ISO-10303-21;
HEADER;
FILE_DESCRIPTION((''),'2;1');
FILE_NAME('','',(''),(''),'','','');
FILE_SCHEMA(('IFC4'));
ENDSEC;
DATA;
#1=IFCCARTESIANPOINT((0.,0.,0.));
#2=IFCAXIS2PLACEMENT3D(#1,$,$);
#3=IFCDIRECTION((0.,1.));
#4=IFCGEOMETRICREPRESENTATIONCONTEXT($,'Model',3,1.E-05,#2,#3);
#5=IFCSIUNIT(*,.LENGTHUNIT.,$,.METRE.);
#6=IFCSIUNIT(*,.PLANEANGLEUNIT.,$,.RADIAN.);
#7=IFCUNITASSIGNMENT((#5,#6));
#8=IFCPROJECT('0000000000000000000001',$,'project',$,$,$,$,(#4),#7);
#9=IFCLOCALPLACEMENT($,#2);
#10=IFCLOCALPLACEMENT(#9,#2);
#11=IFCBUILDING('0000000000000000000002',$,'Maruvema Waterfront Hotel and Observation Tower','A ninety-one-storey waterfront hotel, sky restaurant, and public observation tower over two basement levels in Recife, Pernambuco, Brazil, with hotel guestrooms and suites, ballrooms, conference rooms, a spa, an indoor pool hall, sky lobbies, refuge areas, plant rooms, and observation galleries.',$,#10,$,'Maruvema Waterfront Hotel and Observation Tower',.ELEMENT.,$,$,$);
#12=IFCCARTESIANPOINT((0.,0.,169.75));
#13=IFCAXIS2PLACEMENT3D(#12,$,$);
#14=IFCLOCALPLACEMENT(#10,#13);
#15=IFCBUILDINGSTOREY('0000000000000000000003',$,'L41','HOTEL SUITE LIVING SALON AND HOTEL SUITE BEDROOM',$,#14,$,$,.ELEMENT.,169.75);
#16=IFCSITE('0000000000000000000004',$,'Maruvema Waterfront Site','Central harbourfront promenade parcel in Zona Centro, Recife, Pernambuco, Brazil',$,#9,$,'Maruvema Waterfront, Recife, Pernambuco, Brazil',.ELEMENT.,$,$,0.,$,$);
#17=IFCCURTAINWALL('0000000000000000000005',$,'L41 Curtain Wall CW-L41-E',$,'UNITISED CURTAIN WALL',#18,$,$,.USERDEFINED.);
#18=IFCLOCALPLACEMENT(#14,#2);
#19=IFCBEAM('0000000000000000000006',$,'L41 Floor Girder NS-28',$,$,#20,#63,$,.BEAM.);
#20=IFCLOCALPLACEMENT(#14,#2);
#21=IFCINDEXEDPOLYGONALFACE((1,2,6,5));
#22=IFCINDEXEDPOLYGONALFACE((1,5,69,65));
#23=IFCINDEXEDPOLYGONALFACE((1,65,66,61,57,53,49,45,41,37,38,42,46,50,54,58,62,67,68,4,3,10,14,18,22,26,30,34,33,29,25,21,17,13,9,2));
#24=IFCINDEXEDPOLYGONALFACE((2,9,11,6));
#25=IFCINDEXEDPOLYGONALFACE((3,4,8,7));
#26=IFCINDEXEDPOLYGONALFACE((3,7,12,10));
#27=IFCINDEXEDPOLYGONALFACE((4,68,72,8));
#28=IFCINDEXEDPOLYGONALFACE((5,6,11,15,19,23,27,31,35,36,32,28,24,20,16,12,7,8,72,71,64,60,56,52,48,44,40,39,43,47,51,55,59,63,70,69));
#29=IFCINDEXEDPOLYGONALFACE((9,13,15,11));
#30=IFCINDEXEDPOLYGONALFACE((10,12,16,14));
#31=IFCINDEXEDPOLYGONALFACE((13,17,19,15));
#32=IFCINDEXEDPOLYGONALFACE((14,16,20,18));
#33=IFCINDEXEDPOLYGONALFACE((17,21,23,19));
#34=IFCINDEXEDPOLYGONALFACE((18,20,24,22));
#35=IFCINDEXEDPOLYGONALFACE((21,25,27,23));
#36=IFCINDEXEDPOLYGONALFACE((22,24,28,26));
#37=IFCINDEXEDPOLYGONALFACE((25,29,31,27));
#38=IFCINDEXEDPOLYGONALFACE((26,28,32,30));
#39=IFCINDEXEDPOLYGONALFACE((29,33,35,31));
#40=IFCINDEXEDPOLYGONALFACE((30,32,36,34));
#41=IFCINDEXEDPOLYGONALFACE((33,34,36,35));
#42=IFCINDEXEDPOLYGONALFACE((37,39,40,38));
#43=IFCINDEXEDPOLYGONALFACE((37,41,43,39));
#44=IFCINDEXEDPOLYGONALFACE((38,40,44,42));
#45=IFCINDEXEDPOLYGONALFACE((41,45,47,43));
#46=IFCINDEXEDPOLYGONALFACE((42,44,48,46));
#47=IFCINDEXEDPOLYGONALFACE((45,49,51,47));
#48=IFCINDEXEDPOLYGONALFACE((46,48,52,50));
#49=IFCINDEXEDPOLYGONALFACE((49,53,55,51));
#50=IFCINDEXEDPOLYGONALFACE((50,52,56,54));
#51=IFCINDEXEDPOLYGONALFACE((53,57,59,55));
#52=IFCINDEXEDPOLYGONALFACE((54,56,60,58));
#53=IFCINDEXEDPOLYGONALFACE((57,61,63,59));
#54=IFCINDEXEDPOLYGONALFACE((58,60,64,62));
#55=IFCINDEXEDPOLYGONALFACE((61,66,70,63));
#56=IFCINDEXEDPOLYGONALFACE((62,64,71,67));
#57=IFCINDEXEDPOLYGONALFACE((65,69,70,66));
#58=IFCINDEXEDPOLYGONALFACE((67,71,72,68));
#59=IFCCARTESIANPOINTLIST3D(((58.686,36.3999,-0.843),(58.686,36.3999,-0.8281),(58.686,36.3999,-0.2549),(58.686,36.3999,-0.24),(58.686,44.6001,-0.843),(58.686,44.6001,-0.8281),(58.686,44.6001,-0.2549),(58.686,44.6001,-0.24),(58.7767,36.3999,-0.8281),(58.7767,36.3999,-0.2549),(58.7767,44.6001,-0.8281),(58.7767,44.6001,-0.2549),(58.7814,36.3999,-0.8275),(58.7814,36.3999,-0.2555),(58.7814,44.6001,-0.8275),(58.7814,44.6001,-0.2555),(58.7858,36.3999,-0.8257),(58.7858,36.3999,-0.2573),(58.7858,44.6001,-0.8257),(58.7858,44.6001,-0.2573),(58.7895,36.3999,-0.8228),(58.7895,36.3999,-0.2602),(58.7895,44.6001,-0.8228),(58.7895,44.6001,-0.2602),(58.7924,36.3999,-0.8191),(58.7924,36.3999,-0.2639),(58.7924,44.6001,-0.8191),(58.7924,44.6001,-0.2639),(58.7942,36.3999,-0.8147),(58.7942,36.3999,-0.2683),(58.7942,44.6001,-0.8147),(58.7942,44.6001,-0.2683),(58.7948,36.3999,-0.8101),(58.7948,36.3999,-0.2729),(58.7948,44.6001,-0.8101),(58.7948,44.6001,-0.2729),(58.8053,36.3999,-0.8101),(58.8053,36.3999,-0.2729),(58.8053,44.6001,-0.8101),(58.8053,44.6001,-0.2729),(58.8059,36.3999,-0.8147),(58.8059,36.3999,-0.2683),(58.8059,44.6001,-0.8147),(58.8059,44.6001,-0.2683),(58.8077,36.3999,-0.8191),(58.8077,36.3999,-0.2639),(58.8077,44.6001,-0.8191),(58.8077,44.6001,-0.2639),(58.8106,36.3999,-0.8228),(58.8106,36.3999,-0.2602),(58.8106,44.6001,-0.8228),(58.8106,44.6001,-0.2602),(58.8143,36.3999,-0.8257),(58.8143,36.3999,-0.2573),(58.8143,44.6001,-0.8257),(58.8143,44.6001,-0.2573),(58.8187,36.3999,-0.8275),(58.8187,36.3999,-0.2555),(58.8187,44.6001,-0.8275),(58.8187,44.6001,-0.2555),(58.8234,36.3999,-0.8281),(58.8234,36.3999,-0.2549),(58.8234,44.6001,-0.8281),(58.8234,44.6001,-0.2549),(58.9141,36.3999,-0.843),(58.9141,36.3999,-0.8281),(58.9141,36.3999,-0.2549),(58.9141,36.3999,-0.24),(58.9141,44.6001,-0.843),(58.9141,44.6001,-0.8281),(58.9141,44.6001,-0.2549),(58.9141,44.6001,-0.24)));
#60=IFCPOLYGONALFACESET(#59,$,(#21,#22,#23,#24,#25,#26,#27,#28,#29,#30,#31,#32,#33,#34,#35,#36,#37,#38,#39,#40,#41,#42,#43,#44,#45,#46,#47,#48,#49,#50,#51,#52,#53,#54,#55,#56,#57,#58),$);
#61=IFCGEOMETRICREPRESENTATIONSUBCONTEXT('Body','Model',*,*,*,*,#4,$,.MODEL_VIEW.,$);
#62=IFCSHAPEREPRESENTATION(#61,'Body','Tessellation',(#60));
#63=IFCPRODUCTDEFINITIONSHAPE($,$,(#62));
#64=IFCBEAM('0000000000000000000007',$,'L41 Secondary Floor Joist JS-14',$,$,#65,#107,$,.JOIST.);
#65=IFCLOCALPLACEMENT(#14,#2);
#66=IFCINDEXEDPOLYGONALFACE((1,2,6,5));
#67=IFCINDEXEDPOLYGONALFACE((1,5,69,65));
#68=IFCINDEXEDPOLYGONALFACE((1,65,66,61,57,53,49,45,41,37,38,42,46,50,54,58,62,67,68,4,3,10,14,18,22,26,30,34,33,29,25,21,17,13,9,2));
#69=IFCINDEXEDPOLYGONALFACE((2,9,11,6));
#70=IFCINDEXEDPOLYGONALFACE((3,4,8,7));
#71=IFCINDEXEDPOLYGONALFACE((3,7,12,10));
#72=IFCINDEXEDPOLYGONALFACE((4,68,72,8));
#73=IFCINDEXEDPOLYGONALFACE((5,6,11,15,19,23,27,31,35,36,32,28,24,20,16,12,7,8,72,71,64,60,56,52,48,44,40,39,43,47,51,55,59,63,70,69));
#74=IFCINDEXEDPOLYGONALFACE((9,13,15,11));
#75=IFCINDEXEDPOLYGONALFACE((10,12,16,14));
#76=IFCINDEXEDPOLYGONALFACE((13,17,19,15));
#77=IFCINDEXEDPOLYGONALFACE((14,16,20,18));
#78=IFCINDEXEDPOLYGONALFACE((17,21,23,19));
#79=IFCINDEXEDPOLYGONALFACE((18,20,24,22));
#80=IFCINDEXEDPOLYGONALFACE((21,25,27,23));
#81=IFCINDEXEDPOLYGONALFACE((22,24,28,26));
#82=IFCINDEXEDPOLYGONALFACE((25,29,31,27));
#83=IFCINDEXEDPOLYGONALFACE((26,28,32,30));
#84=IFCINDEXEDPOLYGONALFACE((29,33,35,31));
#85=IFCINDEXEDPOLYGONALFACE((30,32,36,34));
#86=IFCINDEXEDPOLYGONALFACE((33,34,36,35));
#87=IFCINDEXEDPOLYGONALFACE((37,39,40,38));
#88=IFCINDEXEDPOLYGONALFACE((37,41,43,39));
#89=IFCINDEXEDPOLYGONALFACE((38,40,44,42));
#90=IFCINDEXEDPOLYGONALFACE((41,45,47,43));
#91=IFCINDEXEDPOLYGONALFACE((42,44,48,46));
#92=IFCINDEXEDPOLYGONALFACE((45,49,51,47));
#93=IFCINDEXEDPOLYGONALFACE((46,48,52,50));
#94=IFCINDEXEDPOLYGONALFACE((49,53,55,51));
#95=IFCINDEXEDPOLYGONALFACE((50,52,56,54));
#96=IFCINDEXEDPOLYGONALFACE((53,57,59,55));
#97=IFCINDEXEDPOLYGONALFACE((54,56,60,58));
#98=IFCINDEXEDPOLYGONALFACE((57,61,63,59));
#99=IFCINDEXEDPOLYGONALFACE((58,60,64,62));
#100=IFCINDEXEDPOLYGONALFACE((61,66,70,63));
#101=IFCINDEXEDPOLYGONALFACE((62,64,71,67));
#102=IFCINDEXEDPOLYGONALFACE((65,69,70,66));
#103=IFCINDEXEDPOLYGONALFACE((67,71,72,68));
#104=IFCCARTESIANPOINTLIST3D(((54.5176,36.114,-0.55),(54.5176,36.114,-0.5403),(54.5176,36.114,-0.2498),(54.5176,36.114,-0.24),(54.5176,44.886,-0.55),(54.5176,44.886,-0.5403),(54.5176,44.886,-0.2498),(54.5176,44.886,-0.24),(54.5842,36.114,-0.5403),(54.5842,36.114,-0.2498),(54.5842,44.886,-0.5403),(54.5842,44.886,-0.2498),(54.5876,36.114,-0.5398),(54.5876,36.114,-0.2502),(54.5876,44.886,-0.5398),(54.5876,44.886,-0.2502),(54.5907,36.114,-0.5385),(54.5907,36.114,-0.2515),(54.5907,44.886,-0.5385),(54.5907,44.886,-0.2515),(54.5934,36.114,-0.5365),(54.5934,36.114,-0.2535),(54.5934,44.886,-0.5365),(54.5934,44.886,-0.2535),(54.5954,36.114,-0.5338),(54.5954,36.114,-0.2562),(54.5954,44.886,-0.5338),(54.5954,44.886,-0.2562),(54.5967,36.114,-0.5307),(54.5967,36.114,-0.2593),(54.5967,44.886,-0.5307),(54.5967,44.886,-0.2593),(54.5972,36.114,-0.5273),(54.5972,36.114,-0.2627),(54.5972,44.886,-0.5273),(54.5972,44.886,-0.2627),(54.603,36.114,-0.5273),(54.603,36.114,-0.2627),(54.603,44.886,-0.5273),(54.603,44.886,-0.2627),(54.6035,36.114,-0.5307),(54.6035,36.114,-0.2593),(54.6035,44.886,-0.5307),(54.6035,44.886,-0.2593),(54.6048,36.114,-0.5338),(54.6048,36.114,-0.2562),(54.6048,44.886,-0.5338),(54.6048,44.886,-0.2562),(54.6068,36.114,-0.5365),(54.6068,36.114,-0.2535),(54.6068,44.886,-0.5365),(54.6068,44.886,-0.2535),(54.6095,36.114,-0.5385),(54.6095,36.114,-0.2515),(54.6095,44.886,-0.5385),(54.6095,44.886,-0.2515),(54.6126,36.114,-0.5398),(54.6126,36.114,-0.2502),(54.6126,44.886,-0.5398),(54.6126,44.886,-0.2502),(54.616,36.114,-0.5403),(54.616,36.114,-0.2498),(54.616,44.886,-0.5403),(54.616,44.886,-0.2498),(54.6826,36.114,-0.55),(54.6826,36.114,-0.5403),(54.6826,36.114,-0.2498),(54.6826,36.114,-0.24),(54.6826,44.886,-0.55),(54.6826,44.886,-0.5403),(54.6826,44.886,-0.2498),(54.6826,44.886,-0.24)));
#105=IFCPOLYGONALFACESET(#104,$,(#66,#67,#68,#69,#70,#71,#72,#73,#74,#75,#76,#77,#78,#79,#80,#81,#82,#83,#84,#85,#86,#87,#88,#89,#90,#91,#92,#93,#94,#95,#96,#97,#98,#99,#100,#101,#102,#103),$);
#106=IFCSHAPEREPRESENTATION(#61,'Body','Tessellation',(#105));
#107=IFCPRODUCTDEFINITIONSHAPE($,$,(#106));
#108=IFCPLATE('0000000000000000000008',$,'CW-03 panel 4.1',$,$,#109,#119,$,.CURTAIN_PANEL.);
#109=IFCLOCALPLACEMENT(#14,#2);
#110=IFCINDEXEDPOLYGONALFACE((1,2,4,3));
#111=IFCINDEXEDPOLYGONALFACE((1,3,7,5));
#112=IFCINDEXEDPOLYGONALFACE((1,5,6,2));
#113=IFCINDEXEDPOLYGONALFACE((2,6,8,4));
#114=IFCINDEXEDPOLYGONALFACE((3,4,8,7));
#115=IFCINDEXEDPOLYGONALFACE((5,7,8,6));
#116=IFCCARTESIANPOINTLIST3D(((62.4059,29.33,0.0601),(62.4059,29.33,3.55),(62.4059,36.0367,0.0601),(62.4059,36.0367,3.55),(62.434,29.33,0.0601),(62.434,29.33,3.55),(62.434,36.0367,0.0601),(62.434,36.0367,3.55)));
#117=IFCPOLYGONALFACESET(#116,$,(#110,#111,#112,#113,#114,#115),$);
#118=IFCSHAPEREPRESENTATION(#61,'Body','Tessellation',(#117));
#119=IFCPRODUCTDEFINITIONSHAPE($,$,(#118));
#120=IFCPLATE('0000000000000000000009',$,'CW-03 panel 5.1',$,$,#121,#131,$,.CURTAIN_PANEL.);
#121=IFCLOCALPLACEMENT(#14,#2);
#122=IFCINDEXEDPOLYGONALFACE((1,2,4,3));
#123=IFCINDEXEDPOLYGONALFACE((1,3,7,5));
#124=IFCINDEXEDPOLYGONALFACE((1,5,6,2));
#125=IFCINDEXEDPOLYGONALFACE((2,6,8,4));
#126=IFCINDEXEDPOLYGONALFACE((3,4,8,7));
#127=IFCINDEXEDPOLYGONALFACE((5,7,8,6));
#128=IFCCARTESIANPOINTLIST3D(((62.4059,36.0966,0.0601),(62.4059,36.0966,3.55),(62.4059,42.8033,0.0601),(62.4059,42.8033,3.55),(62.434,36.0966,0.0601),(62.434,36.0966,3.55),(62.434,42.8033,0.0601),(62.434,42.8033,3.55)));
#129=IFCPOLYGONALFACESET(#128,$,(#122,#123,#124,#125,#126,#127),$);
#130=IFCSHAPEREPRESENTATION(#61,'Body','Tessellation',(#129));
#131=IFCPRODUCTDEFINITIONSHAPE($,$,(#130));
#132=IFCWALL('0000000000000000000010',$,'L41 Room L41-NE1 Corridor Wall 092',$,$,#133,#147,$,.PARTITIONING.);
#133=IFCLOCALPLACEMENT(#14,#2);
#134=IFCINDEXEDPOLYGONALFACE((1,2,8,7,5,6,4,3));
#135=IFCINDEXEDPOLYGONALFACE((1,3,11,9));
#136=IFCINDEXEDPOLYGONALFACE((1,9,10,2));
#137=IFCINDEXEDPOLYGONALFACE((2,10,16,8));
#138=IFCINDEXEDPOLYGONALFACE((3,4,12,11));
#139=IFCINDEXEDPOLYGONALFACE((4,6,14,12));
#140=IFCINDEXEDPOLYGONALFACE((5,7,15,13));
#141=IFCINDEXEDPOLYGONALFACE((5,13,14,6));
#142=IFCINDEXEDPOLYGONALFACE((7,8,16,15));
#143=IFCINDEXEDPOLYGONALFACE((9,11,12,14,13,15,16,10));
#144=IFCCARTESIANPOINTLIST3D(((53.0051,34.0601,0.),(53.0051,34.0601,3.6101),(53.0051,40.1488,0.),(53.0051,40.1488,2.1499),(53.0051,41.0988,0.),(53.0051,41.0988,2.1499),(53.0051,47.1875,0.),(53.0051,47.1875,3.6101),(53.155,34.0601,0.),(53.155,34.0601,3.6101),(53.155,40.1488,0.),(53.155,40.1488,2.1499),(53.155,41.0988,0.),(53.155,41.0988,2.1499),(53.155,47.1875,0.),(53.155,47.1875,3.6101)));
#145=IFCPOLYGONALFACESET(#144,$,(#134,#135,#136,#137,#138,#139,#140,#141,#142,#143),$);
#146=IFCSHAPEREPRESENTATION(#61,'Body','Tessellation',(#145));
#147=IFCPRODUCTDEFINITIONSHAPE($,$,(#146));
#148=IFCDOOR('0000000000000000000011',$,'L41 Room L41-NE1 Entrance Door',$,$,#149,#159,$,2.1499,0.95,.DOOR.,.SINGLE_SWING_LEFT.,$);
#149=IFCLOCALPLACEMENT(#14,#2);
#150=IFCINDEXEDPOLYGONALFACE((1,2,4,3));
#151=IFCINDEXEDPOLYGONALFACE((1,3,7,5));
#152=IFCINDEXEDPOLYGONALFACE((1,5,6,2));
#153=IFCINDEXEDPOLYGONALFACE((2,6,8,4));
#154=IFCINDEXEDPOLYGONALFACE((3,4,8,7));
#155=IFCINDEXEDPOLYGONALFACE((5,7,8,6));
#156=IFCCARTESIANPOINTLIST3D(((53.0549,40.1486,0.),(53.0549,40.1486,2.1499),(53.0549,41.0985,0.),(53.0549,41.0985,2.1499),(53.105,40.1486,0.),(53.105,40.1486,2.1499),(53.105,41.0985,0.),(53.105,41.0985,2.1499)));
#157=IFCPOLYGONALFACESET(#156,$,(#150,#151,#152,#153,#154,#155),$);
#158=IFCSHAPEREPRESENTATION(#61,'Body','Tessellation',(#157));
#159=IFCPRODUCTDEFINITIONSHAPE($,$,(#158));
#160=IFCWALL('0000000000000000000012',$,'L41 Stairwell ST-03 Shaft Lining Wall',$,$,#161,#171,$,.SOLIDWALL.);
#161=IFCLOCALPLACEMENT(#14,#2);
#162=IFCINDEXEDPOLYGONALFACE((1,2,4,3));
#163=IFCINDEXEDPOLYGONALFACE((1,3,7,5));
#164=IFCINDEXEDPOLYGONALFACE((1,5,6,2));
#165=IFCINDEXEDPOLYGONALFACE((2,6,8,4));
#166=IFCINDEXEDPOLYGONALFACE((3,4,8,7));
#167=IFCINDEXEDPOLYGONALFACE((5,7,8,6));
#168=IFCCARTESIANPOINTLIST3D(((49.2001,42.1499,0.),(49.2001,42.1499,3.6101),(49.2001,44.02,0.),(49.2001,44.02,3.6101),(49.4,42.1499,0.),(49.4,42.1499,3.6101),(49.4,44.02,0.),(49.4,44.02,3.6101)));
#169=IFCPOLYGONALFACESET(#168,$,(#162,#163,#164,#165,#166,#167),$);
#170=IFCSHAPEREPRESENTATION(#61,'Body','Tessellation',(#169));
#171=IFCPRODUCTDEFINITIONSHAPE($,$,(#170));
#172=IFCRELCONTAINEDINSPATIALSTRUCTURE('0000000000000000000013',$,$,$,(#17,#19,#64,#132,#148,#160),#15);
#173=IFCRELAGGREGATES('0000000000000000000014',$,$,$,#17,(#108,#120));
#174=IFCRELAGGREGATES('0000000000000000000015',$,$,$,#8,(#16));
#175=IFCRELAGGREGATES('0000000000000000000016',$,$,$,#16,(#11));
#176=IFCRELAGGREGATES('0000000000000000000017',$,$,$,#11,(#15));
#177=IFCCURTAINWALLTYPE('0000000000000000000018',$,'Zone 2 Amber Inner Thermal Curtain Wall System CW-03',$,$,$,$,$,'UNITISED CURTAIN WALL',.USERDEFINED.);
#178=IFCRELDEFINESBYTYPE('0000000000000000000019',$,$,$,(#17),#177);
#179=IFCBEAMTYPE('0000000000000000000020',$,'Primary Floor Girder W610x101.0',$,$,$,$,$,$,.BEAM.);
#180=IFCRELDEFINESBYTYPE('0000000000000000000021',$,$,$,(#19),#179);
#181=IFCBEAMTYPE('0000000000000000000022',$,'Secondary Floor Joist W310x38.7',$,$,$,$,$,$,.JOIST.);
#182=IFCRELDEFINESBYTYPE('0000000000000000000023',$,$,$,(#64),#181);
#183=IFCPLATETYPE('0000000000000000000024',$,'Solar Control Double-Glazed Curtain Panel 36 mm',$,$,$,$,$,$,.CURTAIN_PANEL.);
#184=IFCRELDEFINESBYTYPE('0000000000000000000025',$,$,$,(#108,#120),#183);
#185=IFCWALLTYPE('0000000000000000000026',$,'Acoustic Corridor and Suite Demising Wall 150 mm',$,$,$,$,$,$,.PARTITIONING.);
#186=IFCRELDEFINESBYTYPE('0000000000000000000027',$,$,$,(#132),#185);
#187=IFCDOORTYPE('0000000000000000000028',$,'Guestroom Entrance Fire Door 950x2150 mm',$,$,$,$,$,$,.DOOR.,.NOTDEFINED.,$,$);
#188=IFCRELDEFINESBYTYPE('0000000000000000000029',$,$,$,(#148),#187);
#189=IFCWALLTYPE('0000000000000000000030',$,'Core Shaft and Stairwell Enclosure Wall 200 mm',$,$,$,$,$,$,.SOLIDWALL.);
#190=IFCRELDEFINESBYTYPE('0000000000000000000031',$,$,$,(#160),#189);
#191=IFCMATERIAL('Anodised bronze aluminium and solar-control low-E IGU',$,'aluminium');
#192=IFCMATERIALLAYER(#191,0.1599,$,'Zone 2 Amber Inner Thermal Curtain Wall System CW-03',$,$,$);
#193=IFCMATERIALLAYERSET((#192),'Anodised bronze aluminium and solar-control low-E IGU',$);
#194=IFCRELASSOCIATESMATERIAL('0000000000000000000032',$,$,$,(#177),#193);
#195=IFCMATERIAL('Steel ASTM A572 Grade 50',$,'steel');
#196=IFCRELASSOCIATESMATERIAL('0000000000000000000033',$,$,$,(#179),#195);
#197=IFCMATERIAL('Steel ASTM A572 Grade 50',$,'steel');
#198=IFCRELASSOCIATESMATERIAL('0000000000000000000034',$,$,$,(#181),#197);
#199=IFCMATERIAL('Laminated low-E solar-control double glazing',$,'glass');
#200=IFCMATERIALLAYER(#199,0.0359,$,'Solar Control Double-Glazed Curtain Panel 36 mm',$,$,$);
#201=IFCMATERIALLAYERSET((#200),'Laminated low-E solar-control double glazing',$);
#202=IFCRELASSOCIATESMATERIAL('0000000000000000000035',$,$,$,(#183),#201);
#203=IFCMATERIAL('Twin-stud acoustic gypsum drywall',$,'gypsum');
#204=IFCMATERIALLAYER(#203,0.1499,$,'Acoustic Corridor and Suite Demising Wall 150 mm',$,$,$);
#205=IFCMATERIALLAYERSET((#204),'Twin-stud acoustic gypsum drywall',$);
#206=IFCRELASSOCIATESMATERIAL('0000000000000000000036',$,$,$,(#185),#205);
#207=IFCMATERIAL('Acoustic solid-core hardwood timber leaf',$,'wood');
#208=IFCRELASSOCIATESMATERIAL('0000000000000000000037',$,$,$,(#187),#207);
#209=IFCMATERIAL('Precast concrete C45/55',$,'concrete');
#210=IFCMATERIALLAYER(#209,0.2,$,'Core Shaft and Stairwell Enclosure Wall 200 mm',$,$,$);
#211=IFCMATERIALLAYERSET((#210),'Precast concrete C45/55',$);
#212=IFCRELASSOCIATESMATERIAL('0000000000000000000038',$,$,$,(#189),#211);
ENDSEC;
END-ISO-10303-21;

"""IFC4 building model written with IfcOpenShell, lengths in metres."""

from ifc_helpers import new_model, si_unit, direction, frame, frame_2d, origin, origin_2d, place, context, subcontext, project, spatial, rectangle, i_section, extrude, material, layer, layer_set, material_profile, profile_set, type_object, element, fill, aggregate, save


model = new_model("IFC4")

# Units and contexts
model_context = context("Model", 3, precision=1e-05, world=origin(), true_north=direction((0.0, 1.0)))
body_context = subcontext(model_context, "Body", "Model", "MODEL_VIEW")
ifc_project = project(units=[si_unit("LENGTHUNIT", "METRE"), si_unit("PLANEANGLEUNIT", "RADIAN")], contexts=[model_context])

# Site, building, storey
site_placement = place(None, origin())
site = spatial("IfcSite", under=ifc_project, at=site_placement, Name="Maruvema Waterfront Site", Description="Central harbourfront promenade parcel in Zona Centro, Recife, Pernambuco, Brazil", LongName="Maruvema Waterfront, Recife, Pernambuco, Brazil", CompositionType="ELEMENT", RefElevation=0.0)
building_placement = place(site_placement, origin())
building = spatial("IfcBuilding", under=site, at=building_placement, Name="Maruvema Waterfront Hotel and Observation Tower", Description="A ninety-one-storey waterfront hotel, sky restaurant, and public observation tower over two basement levels in Recife, Pernambuco, Brazil, with hotel guestrooms and suites, ballrooms, conference rooms, a spa, an indoor pool hall, sky lobbies, refuge areas, plant rooms, and observation galleries.", LongName="Maruvema Waterfront Hotel and Observation Tower", CompositionType="ELEMENT")
storey_placement = place(building_placement, frame((0.0, 0.0, 169.75)))
storey = spatial("IfcBuildingStorey", under=building, at=storey_placement, Name="L41", Description="HOTEL SUITE LIVING SALON AND HOTEL SUITE BEDROOM", CompositionType="ELEMENT", Elevation=169.75)

# Curtain wall
ifc_material_1 = material(Name="Anodised bronze aluminium and solar-control low-E IGU", Category="aluminium")
ifc_layer_1 = layer(ifc_material_1, 0.1599, Name="Zone 2 Amber Inner Thermal Curtain Wall System CW-03")
ifc_layer_set_1 = layer_set([ifc_layer_1], Name="Anodised bronze aluminium and solar-control low-E IGU")
curtain_wall_type = type_object("IfcCurtainWallType", Name="Zone 2 Amber Inner Thermal Curtain Wall System CW-03", ElementType="UNITISED CURTAIN WALL", PredefinedType="USERDEFINED", material=ifc_layer_set_1)
curtain_wall_placement = place(storey_placement, origin())
curtain_wall = element("IfcCurtainWall", 1, at=curtain_wall_placement, inside=storey, type_object=curtain_wall_type, Name="L41 Curtain Wall CW-L41-E", ObjectType="UNITISED CURTAIN WALL", PredefinedType="USERDEFINED")

# Beams
ifc_material_2 = material(Name="Steel ASTM A572 Grade 50", Category="steel")
ifc_material_profile_1 = material_profile(ifc_material_2, i_section(OverallWidth=0.228, OverallDepth=0.603, WebThickness=0.0105, FlangeThickness=0.0149, FilletRadius=0.0181, at=origin_2d()), Name="W610x101.0")
ifc_profile_set_1 = profile_set([ifc_material_profile_1], Name="Steel ASTM A572 Grade 50")
beam_type_1 = type_object("IfcBeamType", Name="Primary Floor Girder W610x101.0", PredefinedType="BEAM", material=ifc_profile_set_1)
beam_1_placement = place(storey_placement, frame((58.8, 36.3999, -0.5415), z_axis=(0.0, 1.0, 0.0), x_axis=(-1.0, 0.0, 0.0)))
element("IfcBeam", 2, at=beam_1_placement, inside=storey, type_object=beam_type_1, Name="L41 Floor Girder NS-28", PredefinedType="BEAM", context=body_context, shape_type="SweptSolid", body=[
    extrude(i_section(OverallWidth=0.228, OverallDepth=0.603, WebThickness=0.0105, FlangeThickness=0.0149, FilletRadius=0.0181, at=origin_2d()), origin(), (0.0, 0.0, 1.0), 8.2002),
])
ifc_material_3 = material(Name="Steel ASTM A572 Grade 50", Category="steel")
ifc_material_profile_2 = material_profile(ifc_material_3, i_section(OverallWidth=0.165, OverallDepth=0.3101, WebThickness=0.0059, FlangeThickness=0.0098, FilletRadius=0.0129, at=origin_2d()), Name="W310x38.7")
ifc_profile_set_2 = profile_set([ifc_material_profile_2], Name="Steel ASTM A572 Grade 50")
beam_type_2 = type_object("IfcBeamType", Name="Secondary Floor Joist W310x38.7", PredefinedType="JOIST", material=ifc_profile_set_2)
beam_2_placement = place(storey_placement, frame((54.6001, 36.114, -0.395), z_axis=(0.0, 1.0, 0.0), x_axis=(-1.0, 0.0, 0.0)))
element("IfcBeam", 3, at=beam_2_placement, inside=storey, type_object=beam_type_2, Name="L41 Secondary Floor Joist JS-14", PredefinedType="JOIST", context=body_context, shape_type="SweptSolid", body=[
    extrude(i_section(OverallWidth=0.165, OverallDepth=0.3101, WebThickness=0.0059, FlangeThickness=0.0098, FilletRadius=0.0129, at=origin_2d()), origin(), (0.0, 0.0, 1.0), 8.772),
])

# Plates
ifc_material_4 = material(Name="Laminated low-E solar-control double glazing", Category="glass")
ifc_layer_2 = layer(ifc_material_4, 0.0359, Name="Solar Control Double-Glazed Curtain Panel 36 mm")
ifc_layer_set_2 = layer_set([ifc_layer_2], Name="Laminated low-E solar-control double glazing")
plate_type = type_object("IfcPlateType", Name="Solar Control Double-Glazed Curtain Panel 36 mm", PredefinedType="CURTAIN_PANEL", material=ifc_layer_set_2)
plate_1_placement = place(storey_placement, frame((62.4199, 32.6833, 0.0601), z_axis=(0.0, 0.0, 1.0), x_axis=(0.0, 1.0, 0.0)))
plate_1 = element("IfcPlate", 4, at=plate_1_placement, type_object=plate_type, Name="CW-03 panel 4.1", PredefinedType="CURTAIN_PANEL", context=body_context, shape_type="SweptSolid", body=[
    extrude(rectangle(XDim=6.7068, YDim=0.0281, at=origin_2d()), origin(), (0.0, 0.0, 1.0), 3.49),
])
plate_2_placement = place(storey_placement, frame((62.4199, 39.45, 0.0601), z_axis=(0.0, 0.0, 1.0), x_axis=(0.0, 1.0, 0.0)))
plate_2 = element("IfcPlate", 5, at=plate_2_placement, type_object=plate_type, Name="CW-03 panel 5.1", PredefinedType="CURTAIN_PANEL", context=body_context, shape_type="SweptSolid", body=[
    extrude(rectangle(XDim=6.7068, YDim=0.0281, at=origin_2d()), origin(), (0.0, 0.0, 1.0), 3.49),
])
aggregate(curtain_wall, [plate_1, plate_2])

# Wall, opening, door
ifc_material_5 = material(Name="Twin-stud acoustic gypsum drywall", Category="gypsum")
ifc_layer_3 = layer(ifc_material_5, 0.1499, Name="Acoustic Corridor and Suite Demising Wall 150 mm")
ifc_layer_set_3 = layer_set([ifc_layer_3], Name="Twin-stud acoustic gypsum drywall")
wall_type_1 = type_object("IfcWallType", Name="Acoustic Corridor and Suite Demising Wall 150 mm", PredefinedType="PARTITIONING", material=ifc_layer_set_3)
wall_1_placement = place(storey_placement, frame((53.0801, 34.0601, 0.0), z_axis=(0.0, 0.0, 1.0), x_axis=(0.0, 1.0, 0.0)))
wall_1 = element("IfcWall", 6, at=wall_1_placement, inside=storey, type_object=wall_type_1, Name="L41 Room L41-NE1 Corridor Wall 092", PredefinedType="PARTITIONING", context=body_context, shape_type="SweptSolid", body=[
    extrude(rectangle(XDim=13.1274, YDim=0.1499, at=frame_2d((6.5637, 0.0))), origin(), (0.0, 0.0, 1.0), 3.6101),
])
opening_1_placement = place(wall_1_placement, frame((6.0886, 0.0, 0.0)))
opening_1 = element("IfcOpeningElement", 7, at=opening_1_placement, cuts=wall_1, PredefinedType="OPENING", context=body_context, shape_type="SweptSolid", body=[
    extrude(rectangle(XDim=0.95, YDim=2.1499, at=frame_2d((0.4751, 1.075))), frame((0.0, 0.085, 0.0), z_axis=(0.0, -1.0, 0.0), x_axis=(1.0, 0.0, 0.0)), (0.0, 0.0, 1.0), 0.1699),
])
ifc_material_6 = material(Name="Acoustic solid-core hardwood timber leaf", Category="wood")
door_type_1 = type_object("IfcDoorType", Name="Guestroom Entrance Fire Door 950x2150 mm", OperationType="NOTDEFINED", PredefinedType="DOOR", material=ifc_material_6)
door_1_placement = place(opening_1_placement, frame((0.95, 0.0, 0.0), z_axis=(0.0, 0.0, 1.0), x_axis=(-1.0, 0.0, 0.0)))
door_1 = element("IfcDoor", 8, at=door_1_placement, inside=storey, type_object=door_type_1, Name="L41 Room L41-NE1 Entrance Door", OperationType="SINGLE_SWING_LEFT", OverallHeight=2.1499, OverallWidth=0.95, PredefinedType="DOOR", context=body_context, shape_type="SweptSolid", body=[
    extrude(rectangle(XDim=0.95, YDim=2.1499, at=frame_2d((0.4751, 1.075))), frame((0.0, 0.0249, 0.0), z_axis=(0.0, -1.0, 0.0), x_axis=(1.0, 0.0, 0.0)), (0.0, 0.0, 1.0), 0.05),
])
fill(opening_1, door_1)

# Wall
ifc_material_7 = material(Name="Precast concrete C45/55", Category="concrete")
ifc_layer_4 = layer(ifc_material_7, 0.2, Name="Core Shaft and Stairwell Enclosure Wall 200 mm")
ifc_layer_set_4 = layer_set([ifc_layer_4], Name="Precast concrete C45/55")
wall_type_2 = type_object("IfcWallType", Name="Core Shaft and Stairwell Enclosure Wall 200 mm", PredefinedType="SOLIDWALL", material=ifc_layer_set_4)
wall_2_placement = place(storey_placement, frame((49.3, 42.1499, 0.0), z_axis=(0.0, 0.0, 1.0), x_axis=(0.0, 1.0, 0.0)))
element("IfcWall", 9, at=wall_2_placement, inside=storey, type_object=wall_type_2, Name="L41 Stairwell ST-03 Shaft Lining Wall", PredefinedType="SOLIDWALL", context=body_context, shape_type="SweptSolid", body=[
    extrude(rectangle(XDim=1.8701, YDim=0.2, at=frame_2d((0.9351, 0.0))), origin(), (0.0, 0.0, 1.0), 3.6101),
])

save(model, "model.ifc")
